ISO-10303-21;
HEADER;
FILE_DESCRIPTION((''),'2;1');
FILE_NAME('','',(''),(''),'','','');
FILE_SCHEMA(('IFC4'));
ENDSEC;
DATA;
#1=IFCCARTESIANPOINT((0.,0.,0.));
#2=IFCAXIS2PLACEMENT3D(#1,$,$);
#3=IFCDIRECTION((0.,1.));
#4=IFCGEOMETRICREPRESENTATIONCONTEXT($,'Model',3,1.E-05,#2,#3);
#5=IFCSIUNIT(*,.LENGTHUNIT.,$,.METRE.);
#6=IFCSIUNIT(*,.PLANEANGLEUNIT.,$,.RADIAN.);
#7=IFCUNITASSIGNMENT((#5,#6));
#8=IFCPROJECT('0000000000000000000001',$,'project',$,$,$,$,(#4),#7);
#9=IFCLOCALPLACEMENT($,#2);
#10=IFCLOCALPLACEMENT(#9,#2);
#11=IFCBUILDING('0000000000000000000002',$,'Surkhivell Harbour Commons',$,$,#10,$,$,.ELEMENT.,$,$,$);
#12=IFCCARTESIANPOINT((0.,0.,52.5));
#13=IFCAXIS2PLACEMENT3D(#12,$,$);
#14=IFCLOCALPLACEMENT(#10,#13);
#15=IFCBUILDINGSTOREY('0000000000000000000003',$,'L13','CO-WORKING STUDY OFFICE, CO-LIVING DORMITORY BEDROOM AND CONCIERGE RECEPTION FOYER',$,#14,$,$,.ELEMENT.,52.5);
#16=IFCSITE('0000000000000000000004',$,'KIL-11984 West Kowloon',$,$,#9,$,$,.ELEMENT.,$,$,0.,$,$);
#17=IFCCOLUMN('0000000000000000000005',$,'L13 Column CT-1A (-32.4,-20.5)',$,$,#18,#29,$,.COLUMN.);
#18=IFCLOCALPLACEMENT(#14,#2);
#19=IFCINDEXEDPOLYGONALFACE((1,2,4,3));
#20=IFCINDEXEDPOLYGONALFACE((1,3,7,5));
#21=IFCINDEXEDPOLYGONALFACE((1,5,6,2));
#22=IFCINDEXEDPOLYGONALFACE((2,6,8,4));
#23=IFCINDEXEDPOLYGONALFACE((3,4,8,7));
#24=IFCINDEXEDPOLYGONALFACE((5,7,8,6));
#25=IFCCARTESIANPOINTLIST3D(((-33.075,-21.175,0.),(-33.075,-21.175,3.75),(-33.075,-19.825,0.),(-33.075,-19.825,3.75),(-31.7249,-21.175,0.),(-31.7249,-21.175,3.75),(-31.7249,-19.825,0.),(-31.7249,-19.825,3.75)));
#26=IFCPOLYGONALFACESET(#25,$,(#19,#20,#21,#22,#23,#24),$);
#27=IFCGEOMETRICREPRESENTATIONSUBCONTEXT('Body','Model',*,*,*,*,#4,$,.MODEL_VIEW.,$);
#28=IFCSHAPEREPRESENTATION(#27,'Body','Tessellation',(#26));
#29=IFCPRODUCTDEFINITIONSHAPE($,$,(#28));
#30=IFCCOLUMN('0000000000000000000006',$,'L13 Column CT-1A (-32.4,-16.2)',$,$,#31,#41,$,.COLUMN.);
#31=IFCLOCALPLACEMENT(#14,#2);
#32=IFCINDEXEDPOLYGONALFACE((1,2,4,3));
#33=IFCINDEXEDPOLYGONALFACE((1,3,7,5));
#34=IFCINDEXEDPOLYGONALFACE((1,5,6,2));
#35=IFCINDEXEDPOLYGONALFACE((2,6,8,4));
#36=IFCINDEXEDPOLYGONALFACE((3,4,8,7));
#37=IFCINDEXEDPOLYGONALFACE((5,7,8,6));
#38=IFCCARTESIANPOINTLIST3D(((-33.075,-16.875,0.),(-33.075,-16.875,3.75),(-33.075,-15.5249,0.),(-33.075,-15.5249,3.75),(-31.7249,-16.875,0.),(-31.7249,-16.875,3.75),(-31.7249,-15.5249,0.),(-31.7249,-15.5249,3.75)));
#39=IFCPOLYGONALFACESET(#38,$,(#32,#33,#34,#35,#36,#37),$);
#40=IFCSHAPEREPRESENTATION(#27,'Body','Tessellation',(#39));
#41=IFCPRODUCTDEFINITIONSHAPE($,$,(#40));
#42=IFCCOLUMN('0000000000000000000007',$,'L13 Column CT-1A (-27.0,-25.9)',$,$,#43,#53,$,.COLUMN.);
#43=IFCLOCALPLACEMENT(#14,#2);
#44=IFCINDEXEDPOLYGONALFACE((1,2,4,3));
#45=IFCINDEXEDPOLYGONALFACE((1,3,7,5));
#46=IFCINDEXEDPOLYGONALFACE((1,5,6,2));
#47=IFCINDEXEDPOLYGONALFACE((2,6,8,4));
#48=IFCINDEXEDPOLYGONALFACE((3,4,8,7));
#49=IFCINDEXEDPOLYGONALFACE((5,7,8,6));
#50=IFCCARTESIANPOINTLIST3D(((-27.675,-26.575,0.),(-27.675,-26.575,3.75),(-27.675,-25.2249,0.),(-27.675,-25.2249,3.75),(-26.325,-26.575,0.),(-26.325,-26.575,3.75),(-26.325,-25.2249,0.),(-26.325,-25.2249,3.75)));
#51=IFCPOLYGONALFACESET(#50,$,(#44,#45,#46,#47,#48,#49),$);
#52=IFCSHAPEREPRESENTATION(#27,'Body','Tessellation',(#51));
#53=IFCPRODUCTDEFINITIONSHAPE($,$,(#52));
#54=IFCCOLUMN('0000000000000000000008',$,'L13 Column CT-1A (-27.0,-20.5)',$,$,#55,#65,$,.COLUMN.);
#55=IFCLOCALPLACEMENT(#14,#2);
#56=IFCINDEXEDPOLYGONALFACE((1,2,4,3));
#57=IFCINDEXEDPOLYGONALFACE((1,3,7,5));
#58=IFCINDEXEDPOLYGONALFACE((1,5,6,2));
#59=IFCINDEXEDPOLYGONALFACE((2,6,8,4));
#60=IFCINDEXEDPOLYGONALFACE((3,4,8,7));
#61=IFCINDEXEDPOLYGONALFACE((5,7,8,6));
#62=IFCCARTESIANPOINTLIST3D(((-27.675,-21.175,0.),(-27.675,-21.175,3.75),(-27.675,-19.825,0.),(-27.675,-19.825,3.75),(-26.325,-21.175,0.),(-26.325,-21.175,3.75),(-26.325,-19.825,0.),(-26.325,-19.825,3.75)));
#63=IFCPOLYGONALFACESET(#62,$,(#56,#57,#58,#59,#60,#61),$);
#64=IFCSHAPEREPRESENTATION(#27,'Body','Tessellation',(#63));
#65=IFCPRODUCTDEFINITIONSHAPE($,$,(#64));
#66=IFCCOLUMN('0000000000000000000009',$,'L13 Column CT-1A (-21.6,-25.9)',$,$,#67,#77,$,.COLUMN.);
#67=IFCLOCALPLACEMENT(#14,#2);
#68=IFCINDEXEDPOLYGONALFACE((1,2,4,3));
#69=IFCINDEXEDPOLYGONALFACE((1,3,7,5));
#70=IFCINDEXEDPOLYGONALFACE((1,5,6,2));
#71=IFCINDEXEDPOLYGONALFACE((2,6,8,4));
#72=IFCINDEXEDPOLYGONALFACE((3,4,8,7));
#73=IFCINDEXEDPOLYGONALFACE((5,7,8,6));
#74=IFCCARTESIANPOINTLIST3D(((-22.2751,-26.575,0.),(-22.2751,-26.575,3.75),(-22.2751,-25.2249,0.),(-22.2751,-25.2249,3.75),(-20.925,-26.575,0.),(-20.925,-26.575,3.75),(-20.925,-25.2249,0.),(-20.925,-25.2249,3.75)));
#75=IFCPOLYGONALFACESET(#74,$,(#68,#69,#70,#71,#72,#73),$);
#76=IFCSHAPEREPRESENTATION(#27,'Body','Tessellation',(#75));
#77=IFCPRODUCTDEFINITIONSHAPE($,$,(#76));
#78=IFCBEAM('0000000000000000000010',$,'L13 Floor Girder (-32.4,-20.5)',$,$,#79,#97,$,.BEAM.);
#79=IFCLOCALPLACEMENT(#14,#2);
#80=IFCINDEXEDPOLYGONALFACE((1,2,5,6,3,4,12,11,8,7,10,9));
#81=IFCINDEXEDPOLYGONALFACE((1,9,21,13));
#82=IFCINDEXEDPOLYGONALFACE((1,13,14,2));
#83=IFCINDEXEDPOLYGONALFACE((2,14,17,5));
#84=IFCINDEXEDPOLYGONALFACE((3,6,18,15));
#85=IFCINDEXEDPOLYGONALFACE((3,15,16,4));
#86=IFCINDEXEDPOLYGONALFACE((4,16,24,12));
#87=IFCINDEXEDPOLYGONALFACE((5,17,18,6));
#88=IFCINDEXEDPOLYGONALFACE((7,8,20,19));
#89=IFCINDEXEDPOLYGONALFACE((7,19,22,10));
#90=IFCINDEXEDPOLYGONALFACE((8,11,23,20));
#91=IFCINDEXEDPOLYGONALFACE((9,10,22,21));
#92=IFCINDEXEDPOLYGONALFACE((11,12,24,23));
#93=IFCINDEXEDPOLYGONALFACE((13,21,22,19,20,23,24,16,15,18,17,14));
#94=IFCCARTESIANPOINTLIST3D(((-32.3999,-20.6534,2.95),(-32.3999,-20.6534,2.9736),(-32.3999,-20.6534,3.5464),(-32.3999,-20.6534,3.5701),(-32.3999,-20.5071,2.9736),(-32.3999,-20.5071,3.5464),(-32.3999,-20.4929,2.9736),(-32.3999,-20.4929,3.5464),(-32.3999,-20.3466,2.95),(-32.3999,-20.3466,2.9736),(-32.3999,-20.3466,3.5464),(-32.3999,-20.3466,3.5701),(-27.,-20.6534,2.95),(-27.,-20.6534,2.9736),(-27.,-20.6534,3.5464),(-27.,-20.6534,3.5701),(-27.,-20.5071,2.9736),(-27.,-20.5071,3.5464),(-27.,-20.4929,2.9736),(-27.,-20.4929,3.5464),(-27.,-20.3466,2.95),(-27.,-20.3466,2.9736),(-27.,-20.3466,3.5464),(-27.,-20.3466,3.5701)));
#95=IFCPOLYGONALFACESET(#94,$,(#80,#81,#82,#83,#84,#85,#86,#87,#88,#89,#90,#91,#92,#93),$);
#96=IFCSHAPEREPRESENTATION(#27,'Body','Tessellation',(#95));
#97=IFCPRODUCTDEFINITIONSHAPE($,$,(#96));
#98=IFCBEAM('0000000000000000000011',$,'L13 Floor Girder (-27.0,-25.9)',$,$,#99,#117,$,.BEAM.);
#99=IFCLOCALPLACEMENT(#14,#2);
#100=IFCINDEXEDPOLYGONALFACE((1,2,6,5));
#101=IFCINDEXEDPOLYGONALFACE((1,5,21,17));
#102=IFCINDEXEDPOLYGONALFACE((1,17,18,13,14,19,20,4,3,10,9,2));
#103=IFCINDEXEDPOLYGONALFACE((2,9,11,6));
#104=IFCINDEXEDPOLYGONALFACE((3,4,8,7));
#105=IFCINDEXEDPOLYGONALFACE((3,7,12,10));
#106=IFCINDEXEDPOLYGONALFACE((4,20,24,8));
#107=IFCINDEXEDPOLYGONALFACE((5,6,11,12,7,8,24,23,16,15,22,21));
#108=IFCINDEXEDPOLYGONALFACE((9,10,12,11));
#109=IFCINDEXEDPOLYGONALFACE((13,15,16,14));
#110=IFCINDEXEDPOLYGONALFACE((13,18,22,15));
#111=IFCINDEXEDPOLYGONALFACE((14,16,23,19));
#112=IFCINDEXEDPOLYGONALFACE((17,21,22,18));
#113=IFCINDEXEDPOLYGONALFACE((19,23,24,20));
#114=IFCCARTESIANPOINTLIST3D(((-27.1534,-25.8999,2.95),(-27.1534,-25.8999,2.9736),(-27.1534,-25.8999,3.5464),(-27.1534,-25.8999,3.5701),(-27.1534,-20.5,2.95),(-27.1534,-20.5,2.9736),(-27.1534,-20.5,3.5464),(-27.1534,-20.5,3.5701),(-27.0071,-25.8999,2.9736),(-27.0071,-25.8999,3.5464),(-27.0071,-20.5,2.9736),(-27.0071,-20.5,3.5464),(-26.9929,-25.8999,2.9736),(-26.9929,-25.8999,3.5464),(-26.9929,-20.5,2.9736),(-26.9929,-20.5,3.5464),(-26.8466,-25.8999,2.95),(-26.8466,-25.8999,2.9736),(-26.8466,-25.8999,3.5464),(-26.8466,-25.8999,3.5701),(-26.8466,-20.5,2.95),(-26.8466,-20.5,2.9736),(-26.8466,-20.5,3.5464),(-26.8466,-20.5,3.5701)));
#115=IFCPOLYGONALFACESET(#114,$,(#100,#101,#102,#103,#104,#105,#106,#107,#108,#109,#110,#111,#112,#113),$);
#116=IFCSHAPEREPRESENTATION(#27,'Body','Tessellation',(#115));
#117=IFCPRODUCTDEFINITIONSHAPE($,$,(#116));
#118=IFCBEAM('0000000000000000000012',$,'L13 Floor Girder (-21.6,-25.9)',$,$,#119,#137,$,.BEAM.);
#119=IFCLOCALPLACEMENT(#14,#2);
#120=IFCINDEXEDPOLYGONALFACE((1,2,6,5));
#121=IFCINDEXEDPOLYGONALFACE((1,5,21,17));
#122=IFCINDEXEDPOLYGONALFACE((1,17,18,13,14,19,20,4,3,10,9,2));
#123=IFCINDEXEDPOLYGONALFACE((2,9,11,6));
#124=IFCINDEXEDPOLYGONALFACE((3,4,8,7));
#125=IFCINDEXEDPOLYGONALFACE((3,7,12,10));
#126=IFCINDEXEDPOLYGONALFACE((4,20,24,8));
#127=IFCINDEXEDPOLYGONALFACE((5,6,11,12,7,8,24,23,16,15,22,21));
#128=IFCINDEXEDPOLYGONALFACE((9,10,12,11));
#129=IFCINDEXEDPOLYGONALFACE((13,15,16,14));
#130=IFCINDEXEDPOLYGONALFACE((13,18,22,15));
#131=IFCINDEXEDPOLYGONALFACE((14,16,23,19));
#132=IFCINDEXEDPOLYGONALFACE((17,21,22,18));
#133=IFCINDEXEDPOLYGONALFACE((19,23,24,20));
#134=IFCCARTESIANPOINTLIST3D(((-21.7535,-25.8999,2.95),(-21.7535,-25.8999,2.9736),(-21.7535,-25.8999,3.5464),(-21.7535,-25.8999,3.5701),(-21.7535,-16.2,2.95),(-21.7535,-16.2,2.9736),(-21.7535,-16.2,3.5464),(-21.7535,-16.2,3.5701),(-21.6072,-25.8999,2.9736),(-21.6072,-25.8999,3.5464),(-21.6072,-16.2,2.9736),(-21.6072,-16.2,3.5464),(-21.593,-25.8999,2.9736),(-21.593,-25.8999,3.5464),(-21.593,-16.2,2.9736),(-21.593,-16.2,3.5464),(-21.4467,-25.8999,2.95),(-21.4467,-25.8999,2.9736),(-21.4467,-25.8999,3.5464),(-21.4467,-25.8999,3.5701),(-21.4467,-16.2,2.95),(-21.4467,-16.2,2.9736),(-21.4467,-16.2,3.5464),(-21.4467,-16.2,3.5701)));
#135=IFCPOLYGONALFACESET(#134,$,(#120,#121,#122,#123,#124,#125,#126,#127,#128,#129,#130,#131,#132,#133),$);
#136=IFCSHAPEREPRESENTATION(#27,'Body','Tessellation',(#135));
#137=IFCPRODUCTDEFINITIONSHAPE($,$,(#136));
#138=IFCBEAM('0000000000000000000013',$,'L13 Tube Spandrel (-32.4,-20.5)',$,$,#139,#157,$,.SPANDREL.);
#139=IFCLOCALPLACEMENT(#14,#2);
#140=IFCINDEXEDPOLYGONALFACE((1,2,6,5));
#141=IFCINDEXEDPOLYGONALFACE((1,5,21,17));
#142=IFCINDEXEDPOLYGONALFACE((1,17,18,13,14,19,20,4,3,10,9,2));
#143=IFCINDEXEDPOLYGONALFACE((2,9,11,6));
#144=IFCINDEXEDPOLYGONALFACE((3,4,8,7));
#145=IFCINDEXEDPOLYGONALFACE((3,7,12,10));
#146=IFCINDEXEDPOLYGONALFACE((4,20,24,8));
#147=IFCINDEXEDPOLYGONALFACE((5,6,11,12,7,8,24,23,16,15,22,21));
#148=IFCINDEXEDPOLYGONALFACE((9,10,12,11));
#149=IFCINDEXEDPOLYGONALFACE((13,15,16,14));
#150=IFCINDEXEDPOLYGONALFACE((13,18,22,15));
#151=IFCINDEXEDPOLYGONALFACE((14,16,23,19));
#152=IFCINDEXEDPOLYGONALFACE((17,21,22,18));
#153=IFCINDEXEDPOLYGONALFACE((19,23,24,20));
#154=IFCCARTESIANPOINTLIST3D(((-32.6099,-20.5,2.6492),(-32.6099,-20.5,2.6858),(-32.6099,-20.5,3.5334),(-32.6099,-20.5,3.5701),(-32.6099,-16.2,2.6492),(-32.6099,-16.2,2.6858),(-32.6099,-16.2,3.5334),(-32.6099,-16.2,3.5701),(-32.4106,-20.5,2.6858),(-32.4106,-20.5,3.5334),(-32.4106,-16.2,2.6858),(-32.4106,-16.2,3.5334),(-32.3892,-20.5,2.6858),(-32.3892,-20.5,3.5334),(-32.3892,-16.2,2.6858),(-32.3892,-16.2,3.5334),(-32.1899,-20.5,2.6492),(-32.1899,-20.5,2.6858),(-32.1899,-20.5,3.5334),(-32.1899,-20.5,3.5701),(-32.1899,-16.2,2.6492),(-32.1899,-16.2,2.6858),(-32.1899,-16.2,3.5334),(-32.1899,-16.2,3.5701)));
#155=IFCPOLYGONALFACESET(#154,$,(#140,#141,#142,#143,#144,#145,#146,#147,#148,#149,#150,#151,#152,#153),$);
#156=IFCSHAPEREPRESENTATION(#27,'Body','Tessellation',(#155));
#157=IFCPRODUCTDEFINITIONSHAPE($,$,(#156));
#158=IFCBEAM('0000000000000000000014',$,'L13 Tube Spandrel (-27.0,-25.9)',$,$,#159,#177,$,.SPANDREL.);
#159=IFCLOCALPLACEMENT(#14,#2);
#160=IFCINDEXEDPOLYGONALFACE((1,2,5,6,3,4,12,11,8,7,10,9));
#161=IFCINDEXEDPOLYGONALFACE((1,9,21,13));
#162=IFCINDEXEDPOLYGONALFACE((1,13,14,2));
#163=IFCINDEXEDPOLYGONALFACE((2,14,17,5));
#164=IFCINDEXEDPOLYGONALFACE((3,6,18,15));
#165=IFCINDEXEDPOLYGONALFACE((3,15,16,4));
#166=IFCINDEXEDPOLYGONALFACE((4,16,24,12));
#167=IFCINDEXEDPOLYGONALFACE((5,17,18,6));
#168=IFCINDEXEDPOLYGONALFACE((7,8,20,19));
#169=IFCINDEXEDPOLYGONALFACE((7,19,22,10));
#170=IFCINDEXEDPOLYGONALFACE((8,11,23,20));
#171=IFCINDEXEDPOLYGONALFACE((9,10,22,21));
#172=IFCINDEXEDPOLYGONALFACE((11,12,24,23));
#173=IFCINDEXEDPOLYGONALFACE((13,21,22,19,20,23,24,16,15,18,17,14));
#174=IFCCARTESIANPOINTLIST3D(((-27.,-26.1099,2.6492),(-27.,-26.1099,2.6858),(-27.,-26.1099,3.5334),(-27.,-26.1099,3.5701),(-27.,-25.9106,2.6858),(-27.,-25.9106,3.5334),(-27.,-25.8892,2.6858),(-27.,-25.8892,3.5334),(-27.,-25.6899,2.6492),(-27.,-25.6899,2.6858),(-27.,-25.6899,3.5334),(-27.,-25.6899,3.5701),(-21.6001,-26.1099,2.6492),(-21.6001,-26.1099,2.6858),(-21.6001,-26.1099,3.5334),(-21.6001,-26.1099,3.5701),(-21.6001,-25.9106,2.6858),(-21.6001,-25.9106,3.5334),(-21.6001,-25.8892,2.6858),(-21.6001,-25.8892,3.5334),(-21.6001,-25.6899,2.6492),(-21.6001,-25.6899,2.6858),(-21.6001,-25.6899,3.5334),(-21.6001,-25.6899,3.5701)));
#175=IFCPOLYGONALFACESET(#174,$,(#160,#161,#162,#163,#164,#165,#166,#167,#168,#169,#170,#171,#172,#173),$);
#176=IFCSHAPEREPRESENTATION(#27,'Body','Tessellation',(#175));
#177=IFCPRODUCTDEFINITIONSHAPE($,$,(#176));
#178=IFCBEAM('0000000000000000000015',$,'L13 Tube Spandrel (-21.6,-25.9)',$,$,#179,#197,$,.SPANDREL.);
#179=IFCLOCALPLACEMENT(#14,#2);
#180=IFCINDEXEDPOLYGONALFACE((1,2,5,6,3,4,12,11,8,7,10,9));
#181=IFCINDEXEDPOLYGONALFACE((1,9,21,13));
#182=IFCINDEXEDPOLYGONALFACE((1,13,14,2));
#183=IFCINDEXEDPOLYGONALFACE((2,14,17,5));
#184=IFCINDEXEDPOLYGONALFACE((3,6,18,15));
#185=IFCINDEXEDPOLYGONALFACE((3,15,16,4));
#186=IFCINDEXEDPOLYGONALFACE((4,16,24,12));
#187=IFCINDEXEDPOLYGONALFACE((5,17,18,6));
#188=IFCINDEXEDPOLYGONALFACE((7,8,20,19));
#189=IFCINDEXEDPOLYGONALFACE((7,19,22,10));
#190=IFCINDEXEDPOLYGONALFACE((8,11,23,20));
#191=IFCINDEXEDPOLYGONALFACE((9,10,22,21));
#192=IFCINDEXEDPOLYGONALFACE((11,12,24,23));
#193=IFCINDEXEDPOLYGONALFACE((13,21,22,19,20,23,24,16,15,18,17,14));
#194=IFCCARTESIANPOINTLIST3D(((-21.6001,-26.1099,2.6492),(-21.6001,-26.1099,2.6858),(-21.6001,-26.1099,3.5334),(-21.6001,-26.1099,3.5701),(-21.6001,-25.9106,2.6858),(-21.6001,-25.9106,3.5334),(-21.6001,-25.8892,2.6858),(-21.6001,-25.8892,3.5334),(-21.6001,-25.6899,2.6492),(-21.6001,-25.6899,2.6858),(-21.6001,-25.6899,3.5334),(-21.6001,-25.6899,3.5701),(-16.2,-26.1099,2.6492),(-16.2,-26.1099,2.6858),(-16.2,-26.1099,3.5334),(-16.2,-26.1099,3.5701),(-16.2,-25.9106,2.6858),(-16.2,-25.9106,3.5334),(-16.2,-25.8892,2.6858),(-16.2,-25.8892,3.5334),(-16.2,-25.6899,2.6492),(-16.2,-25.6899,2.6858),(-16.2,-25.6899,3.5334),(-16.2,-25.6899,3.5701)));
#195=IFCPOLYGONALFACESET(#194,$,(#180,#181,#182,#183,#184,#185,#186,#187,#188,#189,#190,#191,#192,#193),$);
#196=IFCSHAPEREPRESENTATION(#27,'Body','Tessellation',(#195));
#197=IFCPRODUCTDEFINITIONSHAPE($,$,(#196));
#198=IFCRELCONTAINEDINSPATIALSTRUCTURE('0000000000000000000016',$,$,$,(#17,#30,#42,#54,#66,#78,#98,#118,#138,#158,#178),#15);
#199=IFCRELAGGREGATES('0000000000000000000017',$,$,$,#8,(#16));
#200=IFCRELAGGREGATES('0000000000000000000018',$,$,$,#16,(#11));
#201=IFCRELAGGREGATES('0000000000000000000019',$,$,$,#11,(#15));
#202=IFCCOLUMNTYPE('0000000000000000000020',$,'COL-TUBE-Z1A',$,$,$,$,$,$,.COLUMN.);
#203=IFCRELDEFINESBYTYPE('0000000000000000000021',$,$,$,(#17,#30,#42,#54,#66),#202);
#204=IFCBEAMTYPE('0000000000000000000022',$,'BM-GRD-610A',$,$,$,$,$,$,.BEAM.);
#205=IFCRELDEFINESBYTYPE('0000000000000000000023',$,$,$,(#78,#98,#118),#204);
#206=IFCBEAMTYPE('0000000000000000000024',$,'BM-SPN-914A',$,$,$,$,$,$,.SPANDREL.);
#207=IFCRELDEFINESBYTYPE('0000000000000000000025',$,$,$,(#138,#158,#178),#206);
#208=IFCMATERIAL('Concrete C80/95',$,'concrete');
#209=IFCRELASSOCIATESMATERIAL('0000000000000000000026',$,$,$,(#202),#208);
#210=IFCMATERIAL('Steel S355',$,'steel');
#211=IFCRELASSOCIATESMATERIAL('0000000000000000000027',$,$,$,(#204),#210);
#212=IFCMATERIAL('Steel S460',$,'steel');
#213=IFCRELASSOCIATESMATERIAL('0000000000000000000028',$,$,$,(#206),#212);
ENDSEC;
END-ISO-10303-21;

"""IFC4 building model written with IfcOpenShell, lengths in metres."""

from ifc_helpers import new_model, si_unit, direction, frame, origin, origin_2d, place, context, subcontext, project, spatial, rectangle, i_section, extrude, material, material_profile, profile_set, type_object, element, save


model = new_model("IFC4")

# Units and contexts
model_context = context("Model", 3, precision=1e-05, world=origin(), true_north=direction((0.0, 1.0)))
body_context = subcontext(model_context, "Body", "Model", "MODEL_VIEW")
ifc_project = project(units=[si_unit("LENGTHUNIT", "METRE"), si_unit("PLANEANGLEUNIT", "RADIAN")], contexts=[model_context])

# Site, building, storey
site_placement = place(None, origin())
site = spatial("IfcSite", under=ifc_project, at=site_placement, Name="KIL-11984 West Kowloon", CompositionType="ELEMENT", RefElevation=0.0)
building_placement = place(site_placement, origin())
building = spatial("IfcBuilding", under=site, at=building_placement, Name="Surkhivell Harbour Commons", CompositionType="ELEMENT")
storey_placement = place(building_placement, frame((0.0, 0.0, 52.5)))
storey = spatial("IfcBuildingStorey", under=building, at=storey_placement, Name="L13", Description="CO-WORKING STUDY OFFICE, CO-LIVING DORMITORY BEDROOM AND CONCIERGE RECEPTION FOYER", CompositionType="ELEMENT", Elevation=52.5)

# Columns
ifc_material_1 = material(Name="Concrete C80/95", Category="concrete")
ifc_material_profile_1 = material_profile(ifc_material_1, rectangle(XDim=1.3501, YDim=1.3501, at=origin_2d()), Name="RC-COL-1350x1350")
ifc_profile_set_1 = profile_set([ifc_material_profile_1], Name="Concrete C80/95")
column_type = type_object("IfcColumnType", Name="COL-TUBE-Z1A", PredefinedType="COLUMN", material=ifc_profile_set_1)
for number, where, z_axis, x_axis, name in (
    (1, (-32.3999, -20.5, 0.0), (0.0, 0.0, 1.0), (1.0, 0.0, 0.0), "L13 Column CT-1A (-32.4,-20.5)"),
    (2, (-32.3999, -16.2, 0.0), (0.0, 0.0, 1.0), (1.0, 0.0, 0.0), "L13 Column CT-1A (-32.4,-16.2)"),
    (3, (-27.0, -25.8999, 0.0), (0.0, 0.0, 1.0), (1.0, 0.0, 0.0), "L13 Column CT-1A (-27.0,-25.9)"),
    (4, (-27.0, -20.5, 0.0), (0.0, 0.0, 1.0), (1.0, 0.0, 0.0), "L13 Column CT-1A (-27.0,-20.5)"),
    (5, (-21.6001, -25.8999, 0.0), (0.0, 0.0, 1.0), (1.0, 0.0, 0.0), "L13 Column CT-1A (-21.6,-25.9)"),
):
    element("IfcColumn", number, at=place(storey_placement, frame(where, z_axis=z_axis, x_axis=x_axis)), inside=storey, type_object=column_type, Name=name, PredefinedType="COLUMN", context=body_context, shape_type="SweptSolid", body=[
        extrude(rectangle(XDim=1.3501, YDim=1.3501, at=origin_2d()), origin(), (0.0, 0.0, 1.0), 3.75),
    ])

# Beams
ifc_material_2 = material(Name="Steel S355", Category="steel")
ifc_material_profile_2 = material_profile(ifc_material_2, i_section(OverallWidth=0.3069, OverallDepth=0.6201, WebThickness=0.0142, FlangeThickness=0.0237, at=origin_2d()), Name="UB610x305x179")
ifc_profile_set_2 = profile_set([ifc_material_profile_2], Name="Steel S355")
beam_type_1 = type_object("IfcBeamType", Name="BM-GRD-610A", PredefinedType="BEAM", material=ifc_profile_set_2)
for number, where, z_axis, x_axis, name in (
    (6, (-32.3999, -20.5, 3.26), (1.0, 0.0, 0.0), (0.0, 1.0, 0.0), "L13 Floor Girder (-32.4,-20.5)"),
    (7, (-27.0, -25.8999, 3.26), (0.0, 1.0, 0.0), (-1.0, 0.0, 0.0), "L13 Floor Girder (-27.0,-25.9)"),
):
    element("IfcBeam", number, at=place(storey_placement, frame(where, z_axis=z_axis, x_axis=x_axis)), inside=storey, type_object=beam_type_1, Name=name, PredefinedType="BEAM", context=body_context, shape_type="SweptSolid", body=[
        extrude(i_section(OverallWidth=0.3069, OverallDepth=0.6201, WebThickness=0.0142, FlangeThickness=0.0237, at=origin_2d()), origin(), (0.0, 0.0, 1.0), 5.3999),
    ])
beam_1_placement = place(storey_placement, frame((-21.6001, -25.8999, 3.26), z_axis=(0.0, 1.0, 0.0), x_axis=(-1.0, 0.0, 0.0)))
element("IfcBeam", 8, at=beam_1_placement, inside=storey, type_object=beam_type_1, Name="L13 Floor Girder (-21.6,-25.9)", PredefinedType="BEAM", context=body_context, shape_type="SweptSolid", body=[
    extrude(i_section(OverallWidth=0.3069, OverallDepth=0.6201, WebThickness=0.0142, FlangeThickness=0.0237, at=origin_2d()), origin(), (0.0, 0.0, 1.0), 9.7),
])
ifc_material_3 = material(Name="Steel S460", Category="steel")
ifc_material_profile_3 = material_profile(ifc_material_3, i_section(OverallWidth=0.4199, OverallDepth=0.9209, WebThickness=0.0215, FlangeThickness=0.0366, at=origin_2d()), Name="UB914x419x388")
ifc_profile_set_3 = profile_set([ifc_material_profile_3], Name="Steel S460")
beam_type_2 = type_object("IfcBeamType", Name="BM-SPN-914A", PredefinedType="SPANDREL", material=ifc_profile_set_3)
beam_2_placement = place(storey_placement, frame((-32.3999, -20.5, 3.1096), z_axis=(0.0, 1.0, 0.0), x_axis=(-1.0, 0.0, 0.0)))
element("IfcBeam", 9, at=beam_2_placement, inside=storey, type_object=beam_type_2, Name="L13 Tube Spandrel (-32.4,-20.5)", PredefinedType="SPANDREL", context=body_context, shape_type="SweptSolid", body=[
    extrude(i_section(OverallWidth=0.4199, OverallDepth=0.9209, WebThickness=0.0215, FlangeThickness=0.0366, at=origin_2d()), origin(), (0.0, 0.0, 1.0), 4.3),
])
beam_3_placement = place(storey_placement, frame((-27.0, -25.8999, 3.1096), z_axis=(1.0, 0.0, 0.0), x_axis=(0.0, 1.0, 0.0)))
element("IfcBeam", 10, at=beam_3_placement, inside=storey, type_object=beam_type_2, Name="L13 Tube Spandrel (-27.0,-25.9)", PredefinedType="SPANDREL", context=body_context, shape_type="SweptSolid", body=[
    extrude(i_section(OverallWidth=0.4199, OverallDepth=0.9209, WebThickness=0.0215, FlangeThickness=0.0366, at=origin_2d()), origin(), (0.0, 0.0, 1.0), 5.3999),
])
beam_4_placement = place(storey_placement, frame((-21.6001, -25.8999, 3.1096), z_axis=(1.0, 0.0, 0.0), x_axis=(0.0, 1.0, 0.0)))
element("IfcBeam", 11, at=beam_4_placement, inside=storey, type_object=beam_type_2, Name="L13 Tube Spandrel (-21.6,-25.9)", PredefinedType="SPANDREL", context=body_context, shape_type="SweptSolid", body=[
    extrude(i_section(OverallWidth=0.4199, OverallDepth=0.9209, WebThickness=0.0215, FlangeThickness=0.0366, at=origin_2d()), origin(), (0.0, 0.0, 1.0), 5.4001),
])

save(model, "model.ifc")
